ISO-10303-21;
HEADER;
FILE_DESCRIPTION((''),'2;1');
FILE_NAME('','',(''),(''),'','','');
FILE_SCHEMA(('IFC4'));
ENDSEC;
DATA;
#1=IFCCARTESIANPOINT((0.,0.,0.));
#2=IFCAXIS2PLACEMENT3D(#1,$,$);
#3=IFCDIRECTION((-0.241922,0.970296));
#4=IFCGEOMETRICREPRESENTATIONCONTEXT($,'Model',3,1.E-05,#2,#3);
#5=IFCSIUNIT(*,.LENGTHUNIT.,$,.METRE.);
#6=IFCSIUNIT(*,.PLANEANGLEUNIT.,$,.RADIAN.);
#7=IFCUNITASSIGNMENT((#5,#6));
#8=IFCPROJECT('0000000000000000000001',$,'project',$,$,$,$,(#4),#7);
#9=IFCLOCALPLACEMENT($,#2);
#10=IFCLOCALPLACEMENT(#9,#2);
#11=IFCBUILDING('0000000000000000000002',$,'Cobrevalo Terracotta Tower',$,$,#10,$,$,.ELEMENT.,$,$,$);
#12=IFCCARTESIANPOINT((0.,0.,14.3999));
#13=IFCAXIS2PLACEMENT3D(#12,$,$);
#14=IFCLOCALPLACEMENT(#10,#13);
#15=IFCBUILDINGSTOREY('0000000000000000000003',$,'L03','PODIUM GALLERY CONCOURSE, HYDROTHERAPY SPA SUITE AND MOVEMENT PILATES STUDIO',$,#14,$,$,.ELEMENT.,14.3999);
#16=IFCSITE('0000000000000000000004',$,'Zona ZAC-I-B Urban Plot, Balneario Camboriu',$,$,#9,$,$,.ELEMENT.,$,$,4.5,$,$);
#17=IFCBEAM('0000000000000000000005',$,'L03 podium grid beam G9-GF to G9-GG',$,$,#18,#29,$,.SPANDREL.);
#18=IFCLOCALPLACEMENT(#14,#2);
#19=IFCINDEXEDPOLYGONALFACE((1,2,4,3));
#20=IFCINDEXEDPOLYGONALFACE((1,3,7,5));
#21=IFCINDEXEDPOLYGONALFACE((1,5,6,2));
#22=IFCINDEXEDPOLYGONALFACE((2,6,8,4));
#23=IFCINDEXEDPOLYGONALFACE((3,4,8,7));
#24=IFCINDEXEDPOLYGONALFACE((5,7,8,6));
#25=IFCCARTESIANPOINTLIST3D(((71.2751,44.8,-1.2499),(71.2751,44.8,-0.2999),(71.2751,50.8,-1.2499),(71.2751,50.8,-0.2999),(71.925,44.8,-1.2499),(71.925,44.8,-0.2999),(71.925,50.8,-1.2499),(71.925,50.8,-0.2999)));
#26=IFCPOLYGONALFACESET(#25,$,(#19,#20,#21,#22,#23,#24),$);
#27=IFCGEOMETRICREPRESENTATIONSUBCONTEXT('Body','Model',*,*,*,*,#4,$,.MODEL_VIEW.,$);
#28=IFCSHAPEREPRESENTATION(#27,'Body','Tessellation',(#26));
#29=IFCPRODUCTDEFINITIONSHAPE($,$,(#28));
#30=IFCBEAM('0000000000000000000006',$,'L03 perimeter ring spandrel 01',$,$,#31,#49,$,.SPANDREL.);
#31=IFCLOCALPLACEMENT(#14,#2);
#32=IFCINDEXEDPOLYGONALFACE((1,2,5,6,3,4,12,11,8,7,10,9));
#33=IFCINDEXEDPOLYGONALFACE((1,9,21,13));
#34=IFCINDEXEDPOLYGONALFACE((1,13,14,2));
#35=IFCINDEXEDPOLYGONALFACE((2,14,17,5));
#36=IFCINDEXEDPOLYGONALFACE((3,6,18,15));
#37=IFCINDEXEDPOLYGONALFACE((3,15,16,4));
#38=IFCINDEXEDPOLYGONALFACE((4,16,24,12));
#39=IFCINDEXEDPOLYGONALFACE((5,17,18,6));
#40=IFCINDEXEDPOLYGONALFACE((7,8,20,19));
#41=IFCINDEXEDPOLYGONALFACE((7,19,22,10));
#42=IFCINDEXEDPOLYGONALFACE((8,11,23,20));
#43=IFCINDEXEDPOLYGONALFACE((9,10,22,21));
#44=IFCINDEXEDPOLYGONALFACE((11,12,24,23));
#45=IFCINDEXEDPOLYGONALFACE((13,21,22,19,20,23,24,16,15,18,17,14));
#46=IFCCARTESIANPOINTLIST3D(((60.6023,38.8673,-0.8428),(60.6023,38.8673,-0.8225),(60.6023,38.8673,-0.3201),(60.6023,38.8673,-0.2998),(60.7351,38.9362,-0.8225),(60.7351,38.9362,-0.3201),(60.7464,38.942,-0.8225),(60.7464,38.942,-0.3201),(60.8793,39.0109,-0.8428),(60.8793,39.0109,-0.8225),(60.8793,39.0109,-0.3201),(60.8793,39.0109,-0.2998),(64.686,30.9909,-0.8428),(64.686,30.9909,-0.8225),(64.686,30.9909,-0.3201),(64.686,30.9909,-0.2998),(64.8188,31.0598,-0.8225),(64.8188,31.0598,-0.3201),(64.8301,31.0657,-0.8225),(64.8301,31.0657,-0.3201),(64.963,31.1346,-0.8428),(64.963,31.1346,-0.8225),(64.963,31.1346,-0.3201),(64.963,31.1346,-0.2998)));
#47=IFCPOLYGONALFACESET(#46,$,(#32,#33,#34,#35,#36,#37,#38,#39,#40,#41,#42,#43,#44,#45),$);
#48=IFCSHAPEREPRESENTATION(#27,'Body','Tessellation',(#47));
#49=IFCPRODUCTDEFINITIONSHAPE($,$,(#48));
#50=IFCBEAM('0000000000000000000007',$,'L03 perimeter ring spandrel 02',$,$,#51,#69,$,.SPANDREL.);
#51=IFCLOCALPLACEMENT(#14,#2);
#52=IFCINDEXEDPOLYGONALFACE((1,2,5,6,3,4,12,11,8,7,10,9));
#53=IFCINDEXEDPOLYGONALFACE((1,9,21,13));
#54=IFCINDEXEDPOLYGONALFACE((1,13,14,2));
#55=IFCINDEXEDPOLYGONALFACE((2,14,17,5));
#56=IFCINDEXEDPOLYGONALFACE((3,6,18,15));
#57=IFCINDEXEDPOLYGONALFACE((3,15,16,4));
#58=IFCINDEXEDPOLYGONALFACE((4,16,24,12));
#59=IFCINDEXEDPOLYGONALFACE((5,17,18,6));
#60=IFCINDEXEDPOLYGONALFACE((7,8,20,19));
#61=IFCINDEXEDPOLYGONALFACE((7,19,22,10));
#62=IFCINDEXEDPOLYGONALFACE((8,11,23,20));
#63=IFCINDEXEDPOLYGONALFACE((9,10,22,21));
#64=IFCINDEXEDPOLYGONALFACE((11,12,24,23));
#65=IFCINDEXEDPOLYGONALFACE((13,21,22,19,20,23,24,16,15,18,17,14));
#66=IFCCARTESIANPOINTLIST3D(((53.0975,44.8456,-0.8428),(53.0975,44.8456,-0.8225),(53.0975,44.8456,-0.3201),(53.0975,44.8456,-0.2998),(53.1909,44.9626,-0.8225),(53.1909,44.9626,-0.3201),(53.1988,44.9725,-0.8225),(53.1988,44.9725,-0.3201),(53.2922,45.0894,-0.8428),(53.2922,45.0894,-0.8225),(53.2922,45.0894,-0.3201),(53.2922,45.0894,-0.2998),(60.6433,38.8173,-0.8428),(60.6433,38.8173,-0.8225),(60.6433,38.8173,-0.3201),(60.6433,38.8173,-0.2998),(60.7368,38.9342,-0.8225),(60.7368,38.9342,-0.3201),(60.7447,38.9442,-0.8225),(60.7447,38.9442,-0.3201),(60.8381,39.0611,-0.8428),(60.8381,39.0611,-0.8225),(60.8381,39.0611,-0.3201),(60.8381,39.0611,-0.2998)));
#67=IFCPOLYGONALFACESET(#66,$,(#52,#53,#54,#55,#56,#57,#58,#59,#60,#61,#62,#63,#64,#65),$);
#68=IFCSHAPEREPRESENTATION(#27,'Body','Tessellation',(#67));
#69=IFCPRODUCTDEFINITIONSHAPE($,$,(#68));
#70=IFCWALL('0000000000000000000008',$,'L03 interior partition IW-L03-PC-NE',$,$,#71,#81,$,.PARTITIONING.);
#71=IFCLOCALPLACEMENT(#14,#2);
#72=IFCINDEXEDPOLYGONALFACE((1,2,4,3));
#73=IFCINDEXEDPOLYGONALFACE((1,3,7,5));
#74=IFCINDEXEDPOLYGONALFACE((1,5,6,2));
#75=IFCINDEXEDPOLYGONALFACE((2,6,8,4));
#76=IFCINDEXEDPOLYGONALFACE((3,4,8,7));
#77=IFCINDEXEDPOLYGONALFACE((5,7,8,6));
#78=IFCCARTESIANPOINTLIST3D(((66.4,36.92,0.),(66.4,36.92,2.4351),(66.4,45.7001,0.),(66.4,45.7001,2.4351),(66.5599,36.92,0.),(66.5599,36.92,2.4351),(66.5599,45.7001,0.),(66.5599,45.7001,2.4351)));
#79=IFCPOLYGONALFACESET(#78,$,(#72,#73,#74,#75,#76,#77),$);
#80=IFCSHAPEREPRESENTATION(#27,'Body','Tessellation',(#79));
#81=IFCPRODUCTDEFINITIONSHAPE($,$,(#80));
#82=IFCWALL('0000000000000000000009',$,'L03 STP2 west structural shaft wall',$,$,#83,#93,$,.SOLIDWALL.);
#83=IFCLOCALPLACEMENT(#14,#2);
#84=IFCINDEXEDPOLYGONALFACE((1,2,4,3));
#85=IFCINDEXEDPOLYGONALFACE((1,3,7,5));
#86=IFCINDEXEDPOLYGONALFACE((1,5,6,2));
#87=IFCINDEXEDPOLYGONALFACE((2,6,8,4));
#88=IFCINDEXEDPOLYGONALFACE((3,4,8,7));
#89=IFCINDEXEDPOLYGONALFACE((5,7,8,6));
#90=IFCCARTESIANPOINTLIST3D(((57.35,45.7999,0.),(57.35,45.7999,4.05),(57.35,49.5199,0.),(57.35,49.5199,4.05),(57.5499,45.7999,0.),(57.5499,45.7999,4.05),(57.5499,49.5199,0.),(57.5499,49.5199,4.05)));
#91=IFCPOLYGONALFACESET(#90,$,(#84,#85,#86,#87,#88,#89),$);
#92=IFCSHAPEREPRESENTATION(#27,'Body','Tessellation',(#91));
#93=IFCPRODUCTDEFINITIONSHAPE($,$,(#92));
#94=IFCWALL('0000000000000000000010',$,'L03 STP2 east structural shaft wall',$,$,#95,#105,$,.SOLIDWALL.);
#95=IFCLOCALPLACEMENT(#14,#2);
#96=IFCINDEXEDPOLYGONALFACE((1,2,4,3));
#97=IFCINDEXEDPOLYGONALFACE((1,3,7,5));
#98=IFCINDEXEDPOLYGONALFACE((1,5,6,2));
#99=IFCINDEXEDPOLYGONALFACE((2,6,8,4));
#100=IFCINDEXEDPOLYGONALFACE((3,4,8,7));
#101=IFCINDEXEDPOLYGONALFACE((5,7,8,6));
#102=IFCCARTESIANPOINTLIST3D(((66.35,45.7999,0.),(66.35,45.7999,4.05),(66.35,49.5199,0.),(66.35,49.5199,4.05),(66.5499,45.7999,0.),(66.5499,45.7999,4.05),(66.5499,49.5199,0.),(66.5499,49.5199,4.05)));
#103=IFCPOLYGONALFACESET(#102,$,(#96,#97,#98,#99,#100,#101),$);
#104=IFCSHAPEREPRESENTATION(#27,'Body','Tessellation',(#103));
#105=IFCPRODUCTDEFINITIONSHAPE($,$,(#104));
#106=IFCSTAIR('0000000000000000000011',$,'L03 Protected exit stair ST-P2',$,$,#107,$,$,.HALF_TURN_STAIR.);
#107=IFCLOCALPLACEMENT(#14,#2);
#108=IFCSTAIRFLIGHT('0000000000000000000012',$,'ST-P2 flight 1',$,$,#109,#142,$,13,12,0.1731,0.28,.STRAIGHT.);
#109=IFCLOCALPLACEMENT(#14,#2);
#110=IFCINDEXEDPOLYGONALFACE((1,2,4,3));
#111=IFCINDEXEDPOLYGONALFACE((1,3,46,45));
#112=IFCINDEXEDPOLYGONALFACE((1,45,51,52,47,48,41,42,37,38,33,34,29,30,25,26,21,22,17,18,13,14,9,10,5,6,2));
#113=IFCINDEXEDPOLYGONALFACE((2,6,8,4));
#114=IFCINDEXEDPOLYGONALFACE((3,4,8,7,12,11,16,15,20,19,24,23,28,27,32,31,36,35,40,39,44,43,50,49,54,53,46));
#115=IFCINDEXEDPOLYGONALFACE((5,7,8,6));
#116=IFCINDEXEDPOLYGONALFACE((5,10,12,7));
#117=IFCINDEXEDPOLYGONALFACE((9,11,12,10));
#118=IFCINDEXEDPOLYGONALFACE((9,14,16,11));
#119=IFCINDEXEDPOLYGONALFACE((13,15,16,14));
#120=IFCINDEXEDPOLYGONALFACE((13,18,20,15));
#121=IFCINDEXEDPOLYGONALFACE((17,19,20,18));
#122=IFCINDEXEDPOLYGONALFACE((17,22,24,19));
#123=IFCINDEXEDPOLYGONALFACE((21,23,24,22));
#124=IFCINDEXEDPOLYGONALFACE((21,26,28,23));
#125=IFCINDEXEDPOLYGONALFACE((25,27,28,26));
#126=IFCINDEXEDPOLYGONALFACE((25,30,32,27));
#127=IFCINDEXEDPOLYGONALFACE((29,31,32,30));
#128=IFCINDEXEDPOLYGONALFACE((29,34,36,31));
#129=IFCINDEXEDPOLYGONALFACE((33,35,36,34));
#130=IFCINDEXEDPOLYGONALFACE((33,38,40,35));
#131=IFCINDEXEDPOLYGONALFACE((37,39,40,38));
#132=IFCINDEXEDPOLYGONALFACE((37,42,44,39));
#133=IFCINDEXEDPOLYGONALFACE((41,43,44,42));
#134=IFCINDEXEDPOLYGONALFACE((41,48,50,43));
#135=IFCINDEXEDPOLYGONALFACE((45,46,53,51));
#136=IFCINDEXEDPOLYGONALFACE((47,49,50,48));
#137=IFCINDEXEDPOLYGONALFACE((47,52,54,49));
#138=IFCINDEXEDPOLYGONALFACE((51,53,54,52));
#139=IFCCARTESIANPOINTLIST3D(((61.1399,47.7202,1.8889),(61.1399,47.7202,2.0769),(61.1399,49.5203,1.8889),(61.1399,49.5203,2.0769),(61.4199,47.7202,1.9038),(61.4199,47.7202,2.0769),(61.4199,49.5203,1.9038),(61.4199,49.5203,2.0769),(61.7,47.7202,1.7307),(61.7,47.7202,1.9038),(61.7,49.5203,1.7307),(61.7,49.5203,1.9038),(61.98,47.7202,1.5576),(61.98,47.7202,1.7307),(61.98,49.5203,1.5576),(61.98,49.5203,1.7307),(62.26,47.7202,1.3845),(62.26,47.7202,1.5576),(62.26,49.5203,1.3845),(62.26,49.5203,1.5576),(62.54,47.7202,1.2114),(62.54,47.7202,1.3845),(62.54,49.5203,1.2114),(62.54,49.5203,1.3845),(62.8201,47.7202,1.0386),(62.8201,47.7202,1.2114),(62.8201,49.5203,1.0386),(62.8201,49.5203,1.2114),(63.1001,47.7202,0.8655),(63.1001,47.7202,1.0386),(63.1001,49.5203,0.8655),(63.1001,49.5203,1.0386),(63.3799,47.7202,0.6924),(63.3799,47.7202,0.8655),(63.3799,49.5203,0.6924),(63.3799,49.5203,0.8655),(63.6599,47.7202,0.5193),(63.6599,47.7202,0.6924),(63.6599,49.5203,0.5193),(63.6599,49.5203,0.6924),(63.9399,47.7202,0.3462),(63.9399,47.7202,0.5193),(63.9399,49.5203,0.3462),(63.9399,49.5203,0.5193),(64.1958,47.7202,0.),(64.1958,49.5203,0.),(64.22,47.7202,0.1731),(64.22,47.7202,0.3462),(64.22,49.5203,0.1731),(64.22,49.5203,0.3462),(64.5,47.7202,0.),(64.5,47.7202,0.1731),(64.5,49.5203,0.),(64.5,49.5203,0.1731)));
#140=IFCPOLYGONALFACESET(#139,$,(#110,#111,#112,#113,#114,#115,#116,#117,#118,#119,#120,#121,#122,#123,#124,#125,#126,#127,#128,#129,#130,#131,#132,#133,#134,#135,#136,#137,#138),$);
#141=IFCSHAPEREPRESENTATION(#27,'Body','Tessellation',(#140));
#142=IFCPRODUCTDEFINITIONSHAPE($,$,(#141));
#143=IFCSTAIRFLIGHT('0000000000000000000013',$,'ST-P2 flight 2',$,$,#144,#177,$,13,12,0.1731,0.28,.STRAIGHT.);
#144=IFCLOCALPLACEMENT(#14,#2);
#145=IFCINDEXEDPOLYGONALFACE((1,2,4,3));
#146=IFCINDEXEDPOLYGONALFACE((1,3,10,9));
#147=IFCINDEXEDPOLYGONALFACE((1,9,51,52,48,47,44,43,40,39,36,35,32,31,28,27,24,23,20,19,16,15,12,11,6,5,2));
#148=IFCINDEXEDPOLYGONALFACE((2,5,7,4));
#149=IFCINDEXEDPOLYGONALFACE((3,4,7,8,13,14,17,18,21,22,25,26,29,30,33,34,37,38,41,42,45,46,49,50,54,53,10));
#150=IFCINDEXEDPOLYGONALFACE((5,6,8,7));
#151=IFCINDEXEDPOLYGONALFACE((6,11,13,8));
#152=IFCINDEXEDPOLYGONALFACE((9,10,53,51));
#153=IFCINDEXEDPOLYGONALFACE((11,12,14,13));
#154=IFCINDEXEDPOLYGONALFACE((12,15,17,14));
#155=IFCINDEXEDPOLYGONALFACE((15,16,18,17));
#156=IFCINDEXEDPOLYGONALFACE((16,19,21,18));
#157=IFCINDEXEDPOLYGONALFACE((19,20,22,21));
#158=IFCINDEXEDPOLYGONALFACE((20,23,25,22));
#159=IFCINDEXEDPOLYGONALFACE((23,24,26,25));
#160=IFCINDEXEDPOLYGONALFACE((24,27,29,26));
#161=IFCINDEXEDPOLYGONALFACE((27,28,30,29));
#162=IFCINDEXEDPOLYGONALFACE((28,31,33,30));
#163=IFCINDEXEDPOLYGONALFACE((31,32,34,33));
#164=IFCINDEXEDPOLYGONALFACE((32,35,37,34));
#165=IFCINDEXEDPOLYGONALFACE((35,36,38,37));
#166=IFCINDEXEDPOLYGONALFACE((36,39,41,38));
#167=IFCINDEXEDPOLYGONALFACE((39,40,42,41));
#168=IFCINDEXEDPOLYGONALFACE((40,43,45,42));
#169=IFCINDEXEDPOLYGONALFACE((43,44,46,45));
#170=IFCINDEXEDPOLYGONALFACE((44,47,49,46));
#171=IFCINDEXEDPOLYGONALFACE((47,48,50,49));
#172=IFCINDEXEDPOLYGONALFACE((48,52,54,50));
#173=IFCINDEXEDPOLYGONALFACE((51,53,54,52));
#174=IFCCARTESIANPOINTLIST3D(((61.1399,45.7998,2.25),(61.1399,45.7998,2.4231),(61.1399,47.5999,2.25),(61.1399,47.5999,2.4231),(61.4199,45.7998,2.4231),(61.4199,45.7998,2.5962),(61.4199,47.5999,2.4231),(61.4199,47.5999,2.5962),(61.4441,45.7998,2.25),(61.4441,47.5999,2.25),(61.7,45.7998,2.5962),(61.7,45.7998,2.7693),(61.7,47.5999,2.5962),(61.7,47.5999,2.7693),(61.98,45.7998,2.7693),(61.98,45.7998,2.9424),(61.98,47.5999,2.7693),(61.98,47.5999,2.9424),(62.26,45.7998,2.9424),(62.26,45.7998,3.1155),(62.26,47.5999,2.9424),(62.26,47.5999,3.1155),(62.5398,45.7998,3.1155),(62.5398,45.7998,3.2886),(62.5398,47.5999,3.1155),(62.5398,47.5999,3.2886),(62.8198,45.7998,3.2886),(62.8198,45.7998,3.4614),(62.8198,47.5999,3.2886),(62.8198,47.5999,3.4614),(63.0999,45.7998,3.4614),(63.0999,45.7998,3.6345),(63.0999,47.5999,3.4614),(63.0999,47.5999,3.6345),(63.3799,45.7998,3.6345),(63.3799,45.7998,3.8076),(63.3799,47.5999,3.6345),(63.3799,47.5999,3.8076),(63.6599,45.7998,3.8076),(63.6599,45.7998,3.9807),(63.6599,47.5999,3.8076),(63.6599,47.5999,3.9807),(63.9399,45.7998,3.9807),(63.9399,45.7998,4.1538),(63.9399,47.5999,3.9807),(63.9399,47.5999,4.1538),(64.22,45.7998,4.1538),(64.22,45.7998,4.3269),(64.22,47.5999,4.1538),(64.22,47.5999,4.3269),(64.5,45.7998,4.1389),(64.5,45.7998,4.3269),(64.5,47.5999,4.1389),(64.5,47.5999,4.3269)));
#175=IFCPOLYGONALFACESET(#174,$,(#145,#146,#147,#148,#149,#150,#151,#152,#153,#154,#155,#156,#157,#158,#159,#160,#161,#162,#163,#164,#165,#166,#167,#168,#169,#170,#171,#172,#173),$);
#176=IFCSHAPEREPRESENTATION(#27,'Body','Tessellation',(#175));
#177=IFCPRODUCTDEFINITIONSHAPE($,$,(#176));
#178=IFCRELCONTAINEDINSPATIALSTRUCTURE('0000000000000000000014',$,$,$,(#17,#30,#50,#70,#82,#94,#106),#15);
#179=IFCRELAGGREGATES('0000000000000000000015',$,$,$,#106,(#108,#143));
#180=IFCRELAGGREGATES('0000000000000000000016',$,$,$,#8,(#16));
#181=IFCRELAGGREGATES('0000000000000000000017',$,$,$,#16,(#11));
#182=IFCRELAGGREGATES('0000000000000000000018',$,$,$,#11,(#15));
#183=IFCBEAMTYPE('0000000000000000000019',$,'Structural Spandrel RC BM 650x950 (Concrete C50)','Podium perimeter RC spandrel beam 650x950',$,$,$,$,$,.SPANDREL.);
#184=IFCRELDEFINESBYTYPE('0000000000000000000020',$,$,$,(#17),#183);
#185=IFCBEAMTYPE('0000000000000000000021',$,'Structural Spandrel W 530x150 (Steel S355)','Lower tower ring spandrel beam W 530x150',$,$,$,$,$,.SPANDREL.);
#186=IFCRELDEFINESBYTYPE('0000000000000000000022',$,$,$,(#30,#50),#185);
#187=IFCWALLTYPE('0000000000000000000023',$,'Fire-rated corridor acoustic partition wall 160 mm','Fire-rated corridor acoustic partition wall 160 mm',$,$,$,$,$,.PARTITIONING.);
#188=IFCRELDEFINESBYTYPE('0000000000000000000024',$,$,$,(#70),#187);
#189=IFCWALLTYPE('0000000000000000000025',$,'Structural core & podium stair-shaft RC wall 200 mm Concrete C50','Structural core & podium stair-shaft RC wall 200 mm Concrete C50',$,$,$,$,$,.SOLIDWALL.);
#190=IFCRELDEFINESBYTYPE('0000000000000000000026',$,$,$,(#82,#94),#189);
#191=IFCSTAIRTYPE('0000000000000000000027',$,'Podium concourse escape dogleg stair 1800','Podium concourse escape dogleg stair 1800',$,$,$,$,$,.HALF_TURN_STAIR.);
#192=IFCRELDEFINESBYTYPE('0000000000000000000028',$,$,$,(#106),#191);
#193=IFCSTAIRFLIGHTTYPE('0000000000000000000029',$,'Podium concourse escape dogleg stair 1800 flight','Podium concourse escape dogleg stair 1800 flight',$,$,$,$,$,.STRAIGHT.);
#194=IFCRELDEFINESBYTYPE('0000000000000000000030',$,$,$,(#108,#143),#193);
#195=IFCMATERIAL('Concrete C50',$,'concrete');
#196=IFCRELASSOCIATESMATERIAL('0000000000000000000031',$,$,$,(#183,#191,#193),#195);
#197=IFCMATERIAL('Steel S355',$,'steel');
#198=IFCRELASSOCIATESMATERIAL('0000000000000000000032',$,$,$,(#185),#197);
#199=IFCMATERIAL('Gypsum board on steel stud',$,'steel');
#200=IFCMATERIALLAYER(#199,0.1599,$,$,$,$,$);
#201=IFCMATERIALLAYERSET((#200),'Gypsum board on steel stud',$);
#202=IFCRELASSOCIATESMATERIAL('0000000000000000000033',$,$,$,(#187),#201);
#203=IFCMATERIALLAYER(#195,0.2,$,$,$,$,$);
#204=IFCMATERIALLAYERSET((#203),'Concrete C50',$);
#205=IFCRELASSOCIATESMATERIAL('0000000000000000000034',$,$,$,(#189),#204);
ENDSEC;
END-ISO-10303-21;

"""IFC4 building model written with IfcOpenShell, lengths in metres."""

from ifc_helpers import new_model, si_unit, direction, frame, frame_2d, origin, origin_2d, place, context, subcontext, project, spatial, polyline, rectangle, i_section, outline, extrude, material, layer, layer_set, material_profile, profile_set, type_object, element, aggregate, save


model = new_model("IFC4")

# Units and contexts
model_context = context("Model", 3, precision=1e-05, world=origin(), true_north=direction((-0.241922, 0.970296)))
body_context = subcontext(model_context, "Body", "Model", "MODEL_VIEW")
ifc_project = project(units=[si_unit("LENGTHUNIT", "METRE"), si_unit("PLANEANGLEUNIT", "RADIAN")], contexts=[model_context])

# Site, building, storey
site_placement = place(None, origin())
site = spatial("IfcSite", under=ifc_project, at=site_placement, Name="Zona ZAC-I-B Urban Plot, Balneario Camboriu", CompositionType="ELEMENT", RefElevation=4.5)
building_placement = place(site_placement, origin())
building = spatial("IfcBuilding", under=site, at=building_placement, Name="Cobrevalo Terracotta Tower", CompositionType="ELEMENT")
storey_placement = place(building_placement, frame((0.0, 0.0, 14.3999)))
storey = spatial("IfcBuildingStorey", under=building, at=storey_placement, Name="L03", Description="PODIUM GALLERY CONCOURSE, HYDROTHERAPY SPA SUITE AND MOVEMENT PILATES STUDIO", CompositionType="ELEMENT", Elevation=14.3999)

# Shared definitions
ifc_material_1 = material(Name="Steel S355", Category="steel")
ifc_material_2 = material(Name="Concrete C50", Category="concrete")

# Beams
ifc_material_profile_1 = material_profile(ifc_material_2, rectangle(XDim=0.6499, YDim=0.95, at=origin_2d()), Name="RC BM 650x950")
ifc_profile_set_1 = profile_set([ifc_material_profile_1], Name="Concrete C50")
beam_type_1 = type_object("IfcBeamType", Name="Structural Spandrel RC BM 650x950 (Concrete C50)", Description="Podium perimeter RC spandrel beam 650x950", PredefinedType="SPANDREL", material=ifc_profile_set_1)
beam_1_placement = place(storey_placement, frame((71.6001, 44.8, -0.7749), z_axis=(0.0, 1.0, 0.0), x_axis=(-1.0, 0.0, 0.0)))
element("IfcBeam", 1, at=beam_1_placement, inside=storey, type_object=beam_type_1, Name="L03 podium grid beam G9-GF to G9-GG", PredefinedType="SPANDREL", context=body_context, shape_type="SweptSolid", body=[
    extrude(rectangle(XDim=0.6499, YDim=0.95, at=origin_2d()), origin(), (0.0, 0.0, 1.0), 6.0),
])
ifc_material_profile_2 = material_profile(ifc_material_1, i_section(OverallWidth=0.312, OverallDepth=0.543, WebThickness=0.0127, FlangeThickness=0.0203, at=origin_2d()), Name="W 530x150")
ifc_profile_set_2 = profile_set([ifc_material_profile_2], Name="Steel S355")
beam_type_2 = type_object("IfcBeamType", Name="Structural Spandrel W 530x150 (Steel S355)", Description="Lower tower ring spandrel beam W 530x150", PredefinedType="SPANDREL", material=ifc_profile_set_2)
beam_2_placement = place(storey_placement, frame((64.8245, 31.0627, -0.5713), z_axis=(-0.460286, 0.887771, 0.0), x_axis=(-0.887771, -0.460286, 0.0)))
element("IfcBeam", 2, at=beam_2_placement, inside=storey, type_object=beam_type_2, Name="L03 perimeter ring spandrel 01", PredefinedType="SPANDREL", context=body_context, shape_type="SweptSolid", body=[
    extrude(i_section(OverallWidth=0.312, OverallDepth=0.543, WebThickness=0.0127, FlangeThickness=0.0203, at=origin_2d()), origin(), (0.0, 0.0, 1.0), 8.8721),
])
beam_3_placement = place(storey_placement, frame((60.7407, 38.9392, -0.5713), z_axis=(-0.781293, 0.624165, 0.0), x_axis=(-0.624165, -0.781293, 0.0)))
element("IfcBeam", 3, at=beam_3_placement, inside=storey, type_object=beam_type_2, Name="L03 perimeter ring spandrel 02", PredefinedType="SPANDREL", context=body_context, shape_type="SweptSolid", body=[
    extrude(i_section(OverallWidth=0.312, OverallDepth=0.543, WebThickness=0.0127, FlangeThickness=0.0203, at=origin_2d()), origin(), (0.0, 0.0, 1.0), 9.6582),
])

# Walls
ifc_material_3 = material(Name="Gypsum board on steel stud", Category="steel")
ifc_layer_1 = layer(ifc_material_3, 0.1599)
ifc_layer_set_1 = layer_set([ifc_layer_1], Name="Gypsum board on steel stud")
wall_type_1 = type_object("IfcWallType", Name="Fire-rated corridor acoustic partition wall 160 mm", Description="Fire-rated corridor acoustic partition wall 160 mm", PredefinedType="PARTITIONING", material=ifc_layer_set_1)
wall_placement = place(storey_placement, frame((66.48, 36.9199, 0.0), z_axis=(0.0, 0.0, 1.0), x_axis=(0.0, 1.0, 0.0)))
element("IfcWall", 4, at=wall_placement, inside=storey, type_object=wall_type_1, Name="L03 interior partition IW-L03-PC-NE", PredefinedType="PARTITIONING", context=body_context, shape_type="SweptSolid", body=[
    extrude(rectangle(XDim=8.78, YDim=0.1599, at=frame_2d((4.3901, 0.0))), origin(), (0.0, 0.0, 1.0), 2.4351),
])
ifc_layer_2 = layer(ifc_material_2, 0.2)
ifc_layer_set_2 = layer_set([ifc_layer_2], Name="Concrete C50")
wall_type_2 = type_object("IfcWallType", Name="Structural core & podium stair-shaft RC wall 200 mm Concrete C50", Description="Structural core & podium stair-shaft RC wall 200 mm Concrete C50", PredefinedType="SOLIDWALL", material=ifc_layer_set_2)
for number, where, z_axis, x_axis, name in (
    (5, (57.45, 45.8, 0.0), (0.0, 0.0, 1.0), (0.0, 1.0, 0.0), "L03 STP2 west structural shaft wall"),
    (6, (66.45, 45.8, 0.0), (0.0, 0.0, 1.0), (0.0, 1.0, 0.0), "L03 STP2 east structural shaft wall"),
):
    element("IfcWall", number, at=place(storey_placement, frame(where, z_axis=z_axis, x_axis=x_axis)), inside=storey, type_object=wall_type_2, Name=name, PredefinedType="SOLIDWALL", context=body_context, shape_type="SweptSolid", body=[
        extrude(rectangle(XDim=3.72, YDim=0.2, at=frame_2d((1.8599, 0.0))), origin(), (0.0, 0.0, 1.0), 4.05),
    ])

# Stair, stair flights
stair_type = type_object("IfcStairType", Name="Podium concourse escape dogleg stair 1800", Description="Podium concourse escape dogleg stair 1800", PredefinedType="HALF_TURN_STAIR", material=ifc_material_2)
stair_placement = place(storey_placement, origin())
stair = element("IfcStair", 7, at=stair_placement, inside=storey, type_object=stair_type, Name="L03 Protected exit stair ST-P2", PredefinedType="HALF_TURN_STAIR")
stair_flight_type = type_object("IfcStairFlightType", Name="Podium concourse escape dogleg stair 1800 flight", Description="Podium concourse escape dogleg stair 1800 flight", PredefinedType="STRAIGHT", material=ifc_material_2)
stair_flight_1_placement = place(storey_placement, frame((64.5, 48.6201, 0.0), z_axis=(0.0, 0.0, 1.0), x_axis=(-1.0, 0.0, 0.0)))
stair_flight_1 = element("IfcStairFlight", 8, at=stair_flight_1_placement, type_object=stair_flight_type, Name="ST-P2 flight 1", NumberOfRisers=13, NumberOfTreads=12, PredefinedType="STRAIGHT", RiserHeight=0.1731, TreadLength=0.28, context=body_context, shape_type="SweptSolid", body=[
    extrude(outline(polyline([(0.0, 0.0), (0.0, 0.1731), (0.28, 0.1731), (0.28, 0.3462), (0.5601, 0.3462), (0.5601, 0.5193), (0.8401, 0.5193), (0.8401, 0.6924), (1.1201, 0.6924), (1.1201, 0.8655), (1.3999, 0.8655), (1.3999, 1.0386), (1.6799, 1.0386), (1.6799, 1.2114), (1.96, 1.2114), (1.96, 1.3845), (2.24, 1.3845), (2.24, 1.5576), (2.52, 1.5576), (2.52, 1.7307), (2.8, 1.7307), (2.8, 1.9038), (3.0801, 1.9038), (3.0801, 2.0769), (3.3601, 2.0769), (3.3601, 2.25), (3.3601, 1.8889), (0.3042, 0.0), (0.0, 0.0)])), frame((0.0, 0.8999, 0.0), z_axis=(0.0, -1.0, 0.0), x_axis=(1.0, 0.0, 0.0)), (0.0, 0.0, 1.0), 1.8),
])
stair_flight_2_placement = place(storey_placement, frame((61.1399, 46.7, 2.25), z_axis=(0.0, 0.0, 1.0), x_axis=(1.0, 0.0, 0.0)))
stair_flight_2 = element("IfcStairFlight", 9, at=stair_flight_2_placement, type_object=stair_flight_type, Name="ST-P2 flight 2", NumberOfRisers=13, NumberOfTreads=12, PredefinedType="STRAIGHT", RiserHeight=0.1731, TreadLength=0.28, context=body_context, shape_type="SweptSolid", body=[
    extrude(outline(polyline([(0.0, 0.0), (0.0, 0.1731), (0.28, 0.1731), (0.28, 0.3462), (0.5601, 0.3462), (0.5601, 0.5193), (0.8401, 0.5193), (0.8401, 0.6924), (1.1201, 0.6924), (1.1201, 0.8655), (1.3999, 0.8655), (1.3999, 1.0386), (1.6799, 1.0386), (1.6799, 1.2114), (1.96, 1.2114), (1.96, 1.3845), (2.24, 1.3845), (2.24, 1.5576), (2.52, 1.5576), (2.52, 1.7307), (2.8, 1.7307), (2.8, 1.9038), (3.0801, 1.9038), (3.0801, 2.0769), (3.3601, 2.0769), (3.3601, 2.25), (3.3601, 1.8889), (0.3042, 0.0), (0.0, 0.0)])), frame((0.0, 0.8999, 0.0), z_axis=(0.0, -1.0, 0.0), x_axis=(1.0, 0.0, 0.0)), (0.0, 0.0, 1.0), 1.8),
])
aggregate(stair, [stair_flight_1, stair_flight_2])

save(model, "model.ifc")
